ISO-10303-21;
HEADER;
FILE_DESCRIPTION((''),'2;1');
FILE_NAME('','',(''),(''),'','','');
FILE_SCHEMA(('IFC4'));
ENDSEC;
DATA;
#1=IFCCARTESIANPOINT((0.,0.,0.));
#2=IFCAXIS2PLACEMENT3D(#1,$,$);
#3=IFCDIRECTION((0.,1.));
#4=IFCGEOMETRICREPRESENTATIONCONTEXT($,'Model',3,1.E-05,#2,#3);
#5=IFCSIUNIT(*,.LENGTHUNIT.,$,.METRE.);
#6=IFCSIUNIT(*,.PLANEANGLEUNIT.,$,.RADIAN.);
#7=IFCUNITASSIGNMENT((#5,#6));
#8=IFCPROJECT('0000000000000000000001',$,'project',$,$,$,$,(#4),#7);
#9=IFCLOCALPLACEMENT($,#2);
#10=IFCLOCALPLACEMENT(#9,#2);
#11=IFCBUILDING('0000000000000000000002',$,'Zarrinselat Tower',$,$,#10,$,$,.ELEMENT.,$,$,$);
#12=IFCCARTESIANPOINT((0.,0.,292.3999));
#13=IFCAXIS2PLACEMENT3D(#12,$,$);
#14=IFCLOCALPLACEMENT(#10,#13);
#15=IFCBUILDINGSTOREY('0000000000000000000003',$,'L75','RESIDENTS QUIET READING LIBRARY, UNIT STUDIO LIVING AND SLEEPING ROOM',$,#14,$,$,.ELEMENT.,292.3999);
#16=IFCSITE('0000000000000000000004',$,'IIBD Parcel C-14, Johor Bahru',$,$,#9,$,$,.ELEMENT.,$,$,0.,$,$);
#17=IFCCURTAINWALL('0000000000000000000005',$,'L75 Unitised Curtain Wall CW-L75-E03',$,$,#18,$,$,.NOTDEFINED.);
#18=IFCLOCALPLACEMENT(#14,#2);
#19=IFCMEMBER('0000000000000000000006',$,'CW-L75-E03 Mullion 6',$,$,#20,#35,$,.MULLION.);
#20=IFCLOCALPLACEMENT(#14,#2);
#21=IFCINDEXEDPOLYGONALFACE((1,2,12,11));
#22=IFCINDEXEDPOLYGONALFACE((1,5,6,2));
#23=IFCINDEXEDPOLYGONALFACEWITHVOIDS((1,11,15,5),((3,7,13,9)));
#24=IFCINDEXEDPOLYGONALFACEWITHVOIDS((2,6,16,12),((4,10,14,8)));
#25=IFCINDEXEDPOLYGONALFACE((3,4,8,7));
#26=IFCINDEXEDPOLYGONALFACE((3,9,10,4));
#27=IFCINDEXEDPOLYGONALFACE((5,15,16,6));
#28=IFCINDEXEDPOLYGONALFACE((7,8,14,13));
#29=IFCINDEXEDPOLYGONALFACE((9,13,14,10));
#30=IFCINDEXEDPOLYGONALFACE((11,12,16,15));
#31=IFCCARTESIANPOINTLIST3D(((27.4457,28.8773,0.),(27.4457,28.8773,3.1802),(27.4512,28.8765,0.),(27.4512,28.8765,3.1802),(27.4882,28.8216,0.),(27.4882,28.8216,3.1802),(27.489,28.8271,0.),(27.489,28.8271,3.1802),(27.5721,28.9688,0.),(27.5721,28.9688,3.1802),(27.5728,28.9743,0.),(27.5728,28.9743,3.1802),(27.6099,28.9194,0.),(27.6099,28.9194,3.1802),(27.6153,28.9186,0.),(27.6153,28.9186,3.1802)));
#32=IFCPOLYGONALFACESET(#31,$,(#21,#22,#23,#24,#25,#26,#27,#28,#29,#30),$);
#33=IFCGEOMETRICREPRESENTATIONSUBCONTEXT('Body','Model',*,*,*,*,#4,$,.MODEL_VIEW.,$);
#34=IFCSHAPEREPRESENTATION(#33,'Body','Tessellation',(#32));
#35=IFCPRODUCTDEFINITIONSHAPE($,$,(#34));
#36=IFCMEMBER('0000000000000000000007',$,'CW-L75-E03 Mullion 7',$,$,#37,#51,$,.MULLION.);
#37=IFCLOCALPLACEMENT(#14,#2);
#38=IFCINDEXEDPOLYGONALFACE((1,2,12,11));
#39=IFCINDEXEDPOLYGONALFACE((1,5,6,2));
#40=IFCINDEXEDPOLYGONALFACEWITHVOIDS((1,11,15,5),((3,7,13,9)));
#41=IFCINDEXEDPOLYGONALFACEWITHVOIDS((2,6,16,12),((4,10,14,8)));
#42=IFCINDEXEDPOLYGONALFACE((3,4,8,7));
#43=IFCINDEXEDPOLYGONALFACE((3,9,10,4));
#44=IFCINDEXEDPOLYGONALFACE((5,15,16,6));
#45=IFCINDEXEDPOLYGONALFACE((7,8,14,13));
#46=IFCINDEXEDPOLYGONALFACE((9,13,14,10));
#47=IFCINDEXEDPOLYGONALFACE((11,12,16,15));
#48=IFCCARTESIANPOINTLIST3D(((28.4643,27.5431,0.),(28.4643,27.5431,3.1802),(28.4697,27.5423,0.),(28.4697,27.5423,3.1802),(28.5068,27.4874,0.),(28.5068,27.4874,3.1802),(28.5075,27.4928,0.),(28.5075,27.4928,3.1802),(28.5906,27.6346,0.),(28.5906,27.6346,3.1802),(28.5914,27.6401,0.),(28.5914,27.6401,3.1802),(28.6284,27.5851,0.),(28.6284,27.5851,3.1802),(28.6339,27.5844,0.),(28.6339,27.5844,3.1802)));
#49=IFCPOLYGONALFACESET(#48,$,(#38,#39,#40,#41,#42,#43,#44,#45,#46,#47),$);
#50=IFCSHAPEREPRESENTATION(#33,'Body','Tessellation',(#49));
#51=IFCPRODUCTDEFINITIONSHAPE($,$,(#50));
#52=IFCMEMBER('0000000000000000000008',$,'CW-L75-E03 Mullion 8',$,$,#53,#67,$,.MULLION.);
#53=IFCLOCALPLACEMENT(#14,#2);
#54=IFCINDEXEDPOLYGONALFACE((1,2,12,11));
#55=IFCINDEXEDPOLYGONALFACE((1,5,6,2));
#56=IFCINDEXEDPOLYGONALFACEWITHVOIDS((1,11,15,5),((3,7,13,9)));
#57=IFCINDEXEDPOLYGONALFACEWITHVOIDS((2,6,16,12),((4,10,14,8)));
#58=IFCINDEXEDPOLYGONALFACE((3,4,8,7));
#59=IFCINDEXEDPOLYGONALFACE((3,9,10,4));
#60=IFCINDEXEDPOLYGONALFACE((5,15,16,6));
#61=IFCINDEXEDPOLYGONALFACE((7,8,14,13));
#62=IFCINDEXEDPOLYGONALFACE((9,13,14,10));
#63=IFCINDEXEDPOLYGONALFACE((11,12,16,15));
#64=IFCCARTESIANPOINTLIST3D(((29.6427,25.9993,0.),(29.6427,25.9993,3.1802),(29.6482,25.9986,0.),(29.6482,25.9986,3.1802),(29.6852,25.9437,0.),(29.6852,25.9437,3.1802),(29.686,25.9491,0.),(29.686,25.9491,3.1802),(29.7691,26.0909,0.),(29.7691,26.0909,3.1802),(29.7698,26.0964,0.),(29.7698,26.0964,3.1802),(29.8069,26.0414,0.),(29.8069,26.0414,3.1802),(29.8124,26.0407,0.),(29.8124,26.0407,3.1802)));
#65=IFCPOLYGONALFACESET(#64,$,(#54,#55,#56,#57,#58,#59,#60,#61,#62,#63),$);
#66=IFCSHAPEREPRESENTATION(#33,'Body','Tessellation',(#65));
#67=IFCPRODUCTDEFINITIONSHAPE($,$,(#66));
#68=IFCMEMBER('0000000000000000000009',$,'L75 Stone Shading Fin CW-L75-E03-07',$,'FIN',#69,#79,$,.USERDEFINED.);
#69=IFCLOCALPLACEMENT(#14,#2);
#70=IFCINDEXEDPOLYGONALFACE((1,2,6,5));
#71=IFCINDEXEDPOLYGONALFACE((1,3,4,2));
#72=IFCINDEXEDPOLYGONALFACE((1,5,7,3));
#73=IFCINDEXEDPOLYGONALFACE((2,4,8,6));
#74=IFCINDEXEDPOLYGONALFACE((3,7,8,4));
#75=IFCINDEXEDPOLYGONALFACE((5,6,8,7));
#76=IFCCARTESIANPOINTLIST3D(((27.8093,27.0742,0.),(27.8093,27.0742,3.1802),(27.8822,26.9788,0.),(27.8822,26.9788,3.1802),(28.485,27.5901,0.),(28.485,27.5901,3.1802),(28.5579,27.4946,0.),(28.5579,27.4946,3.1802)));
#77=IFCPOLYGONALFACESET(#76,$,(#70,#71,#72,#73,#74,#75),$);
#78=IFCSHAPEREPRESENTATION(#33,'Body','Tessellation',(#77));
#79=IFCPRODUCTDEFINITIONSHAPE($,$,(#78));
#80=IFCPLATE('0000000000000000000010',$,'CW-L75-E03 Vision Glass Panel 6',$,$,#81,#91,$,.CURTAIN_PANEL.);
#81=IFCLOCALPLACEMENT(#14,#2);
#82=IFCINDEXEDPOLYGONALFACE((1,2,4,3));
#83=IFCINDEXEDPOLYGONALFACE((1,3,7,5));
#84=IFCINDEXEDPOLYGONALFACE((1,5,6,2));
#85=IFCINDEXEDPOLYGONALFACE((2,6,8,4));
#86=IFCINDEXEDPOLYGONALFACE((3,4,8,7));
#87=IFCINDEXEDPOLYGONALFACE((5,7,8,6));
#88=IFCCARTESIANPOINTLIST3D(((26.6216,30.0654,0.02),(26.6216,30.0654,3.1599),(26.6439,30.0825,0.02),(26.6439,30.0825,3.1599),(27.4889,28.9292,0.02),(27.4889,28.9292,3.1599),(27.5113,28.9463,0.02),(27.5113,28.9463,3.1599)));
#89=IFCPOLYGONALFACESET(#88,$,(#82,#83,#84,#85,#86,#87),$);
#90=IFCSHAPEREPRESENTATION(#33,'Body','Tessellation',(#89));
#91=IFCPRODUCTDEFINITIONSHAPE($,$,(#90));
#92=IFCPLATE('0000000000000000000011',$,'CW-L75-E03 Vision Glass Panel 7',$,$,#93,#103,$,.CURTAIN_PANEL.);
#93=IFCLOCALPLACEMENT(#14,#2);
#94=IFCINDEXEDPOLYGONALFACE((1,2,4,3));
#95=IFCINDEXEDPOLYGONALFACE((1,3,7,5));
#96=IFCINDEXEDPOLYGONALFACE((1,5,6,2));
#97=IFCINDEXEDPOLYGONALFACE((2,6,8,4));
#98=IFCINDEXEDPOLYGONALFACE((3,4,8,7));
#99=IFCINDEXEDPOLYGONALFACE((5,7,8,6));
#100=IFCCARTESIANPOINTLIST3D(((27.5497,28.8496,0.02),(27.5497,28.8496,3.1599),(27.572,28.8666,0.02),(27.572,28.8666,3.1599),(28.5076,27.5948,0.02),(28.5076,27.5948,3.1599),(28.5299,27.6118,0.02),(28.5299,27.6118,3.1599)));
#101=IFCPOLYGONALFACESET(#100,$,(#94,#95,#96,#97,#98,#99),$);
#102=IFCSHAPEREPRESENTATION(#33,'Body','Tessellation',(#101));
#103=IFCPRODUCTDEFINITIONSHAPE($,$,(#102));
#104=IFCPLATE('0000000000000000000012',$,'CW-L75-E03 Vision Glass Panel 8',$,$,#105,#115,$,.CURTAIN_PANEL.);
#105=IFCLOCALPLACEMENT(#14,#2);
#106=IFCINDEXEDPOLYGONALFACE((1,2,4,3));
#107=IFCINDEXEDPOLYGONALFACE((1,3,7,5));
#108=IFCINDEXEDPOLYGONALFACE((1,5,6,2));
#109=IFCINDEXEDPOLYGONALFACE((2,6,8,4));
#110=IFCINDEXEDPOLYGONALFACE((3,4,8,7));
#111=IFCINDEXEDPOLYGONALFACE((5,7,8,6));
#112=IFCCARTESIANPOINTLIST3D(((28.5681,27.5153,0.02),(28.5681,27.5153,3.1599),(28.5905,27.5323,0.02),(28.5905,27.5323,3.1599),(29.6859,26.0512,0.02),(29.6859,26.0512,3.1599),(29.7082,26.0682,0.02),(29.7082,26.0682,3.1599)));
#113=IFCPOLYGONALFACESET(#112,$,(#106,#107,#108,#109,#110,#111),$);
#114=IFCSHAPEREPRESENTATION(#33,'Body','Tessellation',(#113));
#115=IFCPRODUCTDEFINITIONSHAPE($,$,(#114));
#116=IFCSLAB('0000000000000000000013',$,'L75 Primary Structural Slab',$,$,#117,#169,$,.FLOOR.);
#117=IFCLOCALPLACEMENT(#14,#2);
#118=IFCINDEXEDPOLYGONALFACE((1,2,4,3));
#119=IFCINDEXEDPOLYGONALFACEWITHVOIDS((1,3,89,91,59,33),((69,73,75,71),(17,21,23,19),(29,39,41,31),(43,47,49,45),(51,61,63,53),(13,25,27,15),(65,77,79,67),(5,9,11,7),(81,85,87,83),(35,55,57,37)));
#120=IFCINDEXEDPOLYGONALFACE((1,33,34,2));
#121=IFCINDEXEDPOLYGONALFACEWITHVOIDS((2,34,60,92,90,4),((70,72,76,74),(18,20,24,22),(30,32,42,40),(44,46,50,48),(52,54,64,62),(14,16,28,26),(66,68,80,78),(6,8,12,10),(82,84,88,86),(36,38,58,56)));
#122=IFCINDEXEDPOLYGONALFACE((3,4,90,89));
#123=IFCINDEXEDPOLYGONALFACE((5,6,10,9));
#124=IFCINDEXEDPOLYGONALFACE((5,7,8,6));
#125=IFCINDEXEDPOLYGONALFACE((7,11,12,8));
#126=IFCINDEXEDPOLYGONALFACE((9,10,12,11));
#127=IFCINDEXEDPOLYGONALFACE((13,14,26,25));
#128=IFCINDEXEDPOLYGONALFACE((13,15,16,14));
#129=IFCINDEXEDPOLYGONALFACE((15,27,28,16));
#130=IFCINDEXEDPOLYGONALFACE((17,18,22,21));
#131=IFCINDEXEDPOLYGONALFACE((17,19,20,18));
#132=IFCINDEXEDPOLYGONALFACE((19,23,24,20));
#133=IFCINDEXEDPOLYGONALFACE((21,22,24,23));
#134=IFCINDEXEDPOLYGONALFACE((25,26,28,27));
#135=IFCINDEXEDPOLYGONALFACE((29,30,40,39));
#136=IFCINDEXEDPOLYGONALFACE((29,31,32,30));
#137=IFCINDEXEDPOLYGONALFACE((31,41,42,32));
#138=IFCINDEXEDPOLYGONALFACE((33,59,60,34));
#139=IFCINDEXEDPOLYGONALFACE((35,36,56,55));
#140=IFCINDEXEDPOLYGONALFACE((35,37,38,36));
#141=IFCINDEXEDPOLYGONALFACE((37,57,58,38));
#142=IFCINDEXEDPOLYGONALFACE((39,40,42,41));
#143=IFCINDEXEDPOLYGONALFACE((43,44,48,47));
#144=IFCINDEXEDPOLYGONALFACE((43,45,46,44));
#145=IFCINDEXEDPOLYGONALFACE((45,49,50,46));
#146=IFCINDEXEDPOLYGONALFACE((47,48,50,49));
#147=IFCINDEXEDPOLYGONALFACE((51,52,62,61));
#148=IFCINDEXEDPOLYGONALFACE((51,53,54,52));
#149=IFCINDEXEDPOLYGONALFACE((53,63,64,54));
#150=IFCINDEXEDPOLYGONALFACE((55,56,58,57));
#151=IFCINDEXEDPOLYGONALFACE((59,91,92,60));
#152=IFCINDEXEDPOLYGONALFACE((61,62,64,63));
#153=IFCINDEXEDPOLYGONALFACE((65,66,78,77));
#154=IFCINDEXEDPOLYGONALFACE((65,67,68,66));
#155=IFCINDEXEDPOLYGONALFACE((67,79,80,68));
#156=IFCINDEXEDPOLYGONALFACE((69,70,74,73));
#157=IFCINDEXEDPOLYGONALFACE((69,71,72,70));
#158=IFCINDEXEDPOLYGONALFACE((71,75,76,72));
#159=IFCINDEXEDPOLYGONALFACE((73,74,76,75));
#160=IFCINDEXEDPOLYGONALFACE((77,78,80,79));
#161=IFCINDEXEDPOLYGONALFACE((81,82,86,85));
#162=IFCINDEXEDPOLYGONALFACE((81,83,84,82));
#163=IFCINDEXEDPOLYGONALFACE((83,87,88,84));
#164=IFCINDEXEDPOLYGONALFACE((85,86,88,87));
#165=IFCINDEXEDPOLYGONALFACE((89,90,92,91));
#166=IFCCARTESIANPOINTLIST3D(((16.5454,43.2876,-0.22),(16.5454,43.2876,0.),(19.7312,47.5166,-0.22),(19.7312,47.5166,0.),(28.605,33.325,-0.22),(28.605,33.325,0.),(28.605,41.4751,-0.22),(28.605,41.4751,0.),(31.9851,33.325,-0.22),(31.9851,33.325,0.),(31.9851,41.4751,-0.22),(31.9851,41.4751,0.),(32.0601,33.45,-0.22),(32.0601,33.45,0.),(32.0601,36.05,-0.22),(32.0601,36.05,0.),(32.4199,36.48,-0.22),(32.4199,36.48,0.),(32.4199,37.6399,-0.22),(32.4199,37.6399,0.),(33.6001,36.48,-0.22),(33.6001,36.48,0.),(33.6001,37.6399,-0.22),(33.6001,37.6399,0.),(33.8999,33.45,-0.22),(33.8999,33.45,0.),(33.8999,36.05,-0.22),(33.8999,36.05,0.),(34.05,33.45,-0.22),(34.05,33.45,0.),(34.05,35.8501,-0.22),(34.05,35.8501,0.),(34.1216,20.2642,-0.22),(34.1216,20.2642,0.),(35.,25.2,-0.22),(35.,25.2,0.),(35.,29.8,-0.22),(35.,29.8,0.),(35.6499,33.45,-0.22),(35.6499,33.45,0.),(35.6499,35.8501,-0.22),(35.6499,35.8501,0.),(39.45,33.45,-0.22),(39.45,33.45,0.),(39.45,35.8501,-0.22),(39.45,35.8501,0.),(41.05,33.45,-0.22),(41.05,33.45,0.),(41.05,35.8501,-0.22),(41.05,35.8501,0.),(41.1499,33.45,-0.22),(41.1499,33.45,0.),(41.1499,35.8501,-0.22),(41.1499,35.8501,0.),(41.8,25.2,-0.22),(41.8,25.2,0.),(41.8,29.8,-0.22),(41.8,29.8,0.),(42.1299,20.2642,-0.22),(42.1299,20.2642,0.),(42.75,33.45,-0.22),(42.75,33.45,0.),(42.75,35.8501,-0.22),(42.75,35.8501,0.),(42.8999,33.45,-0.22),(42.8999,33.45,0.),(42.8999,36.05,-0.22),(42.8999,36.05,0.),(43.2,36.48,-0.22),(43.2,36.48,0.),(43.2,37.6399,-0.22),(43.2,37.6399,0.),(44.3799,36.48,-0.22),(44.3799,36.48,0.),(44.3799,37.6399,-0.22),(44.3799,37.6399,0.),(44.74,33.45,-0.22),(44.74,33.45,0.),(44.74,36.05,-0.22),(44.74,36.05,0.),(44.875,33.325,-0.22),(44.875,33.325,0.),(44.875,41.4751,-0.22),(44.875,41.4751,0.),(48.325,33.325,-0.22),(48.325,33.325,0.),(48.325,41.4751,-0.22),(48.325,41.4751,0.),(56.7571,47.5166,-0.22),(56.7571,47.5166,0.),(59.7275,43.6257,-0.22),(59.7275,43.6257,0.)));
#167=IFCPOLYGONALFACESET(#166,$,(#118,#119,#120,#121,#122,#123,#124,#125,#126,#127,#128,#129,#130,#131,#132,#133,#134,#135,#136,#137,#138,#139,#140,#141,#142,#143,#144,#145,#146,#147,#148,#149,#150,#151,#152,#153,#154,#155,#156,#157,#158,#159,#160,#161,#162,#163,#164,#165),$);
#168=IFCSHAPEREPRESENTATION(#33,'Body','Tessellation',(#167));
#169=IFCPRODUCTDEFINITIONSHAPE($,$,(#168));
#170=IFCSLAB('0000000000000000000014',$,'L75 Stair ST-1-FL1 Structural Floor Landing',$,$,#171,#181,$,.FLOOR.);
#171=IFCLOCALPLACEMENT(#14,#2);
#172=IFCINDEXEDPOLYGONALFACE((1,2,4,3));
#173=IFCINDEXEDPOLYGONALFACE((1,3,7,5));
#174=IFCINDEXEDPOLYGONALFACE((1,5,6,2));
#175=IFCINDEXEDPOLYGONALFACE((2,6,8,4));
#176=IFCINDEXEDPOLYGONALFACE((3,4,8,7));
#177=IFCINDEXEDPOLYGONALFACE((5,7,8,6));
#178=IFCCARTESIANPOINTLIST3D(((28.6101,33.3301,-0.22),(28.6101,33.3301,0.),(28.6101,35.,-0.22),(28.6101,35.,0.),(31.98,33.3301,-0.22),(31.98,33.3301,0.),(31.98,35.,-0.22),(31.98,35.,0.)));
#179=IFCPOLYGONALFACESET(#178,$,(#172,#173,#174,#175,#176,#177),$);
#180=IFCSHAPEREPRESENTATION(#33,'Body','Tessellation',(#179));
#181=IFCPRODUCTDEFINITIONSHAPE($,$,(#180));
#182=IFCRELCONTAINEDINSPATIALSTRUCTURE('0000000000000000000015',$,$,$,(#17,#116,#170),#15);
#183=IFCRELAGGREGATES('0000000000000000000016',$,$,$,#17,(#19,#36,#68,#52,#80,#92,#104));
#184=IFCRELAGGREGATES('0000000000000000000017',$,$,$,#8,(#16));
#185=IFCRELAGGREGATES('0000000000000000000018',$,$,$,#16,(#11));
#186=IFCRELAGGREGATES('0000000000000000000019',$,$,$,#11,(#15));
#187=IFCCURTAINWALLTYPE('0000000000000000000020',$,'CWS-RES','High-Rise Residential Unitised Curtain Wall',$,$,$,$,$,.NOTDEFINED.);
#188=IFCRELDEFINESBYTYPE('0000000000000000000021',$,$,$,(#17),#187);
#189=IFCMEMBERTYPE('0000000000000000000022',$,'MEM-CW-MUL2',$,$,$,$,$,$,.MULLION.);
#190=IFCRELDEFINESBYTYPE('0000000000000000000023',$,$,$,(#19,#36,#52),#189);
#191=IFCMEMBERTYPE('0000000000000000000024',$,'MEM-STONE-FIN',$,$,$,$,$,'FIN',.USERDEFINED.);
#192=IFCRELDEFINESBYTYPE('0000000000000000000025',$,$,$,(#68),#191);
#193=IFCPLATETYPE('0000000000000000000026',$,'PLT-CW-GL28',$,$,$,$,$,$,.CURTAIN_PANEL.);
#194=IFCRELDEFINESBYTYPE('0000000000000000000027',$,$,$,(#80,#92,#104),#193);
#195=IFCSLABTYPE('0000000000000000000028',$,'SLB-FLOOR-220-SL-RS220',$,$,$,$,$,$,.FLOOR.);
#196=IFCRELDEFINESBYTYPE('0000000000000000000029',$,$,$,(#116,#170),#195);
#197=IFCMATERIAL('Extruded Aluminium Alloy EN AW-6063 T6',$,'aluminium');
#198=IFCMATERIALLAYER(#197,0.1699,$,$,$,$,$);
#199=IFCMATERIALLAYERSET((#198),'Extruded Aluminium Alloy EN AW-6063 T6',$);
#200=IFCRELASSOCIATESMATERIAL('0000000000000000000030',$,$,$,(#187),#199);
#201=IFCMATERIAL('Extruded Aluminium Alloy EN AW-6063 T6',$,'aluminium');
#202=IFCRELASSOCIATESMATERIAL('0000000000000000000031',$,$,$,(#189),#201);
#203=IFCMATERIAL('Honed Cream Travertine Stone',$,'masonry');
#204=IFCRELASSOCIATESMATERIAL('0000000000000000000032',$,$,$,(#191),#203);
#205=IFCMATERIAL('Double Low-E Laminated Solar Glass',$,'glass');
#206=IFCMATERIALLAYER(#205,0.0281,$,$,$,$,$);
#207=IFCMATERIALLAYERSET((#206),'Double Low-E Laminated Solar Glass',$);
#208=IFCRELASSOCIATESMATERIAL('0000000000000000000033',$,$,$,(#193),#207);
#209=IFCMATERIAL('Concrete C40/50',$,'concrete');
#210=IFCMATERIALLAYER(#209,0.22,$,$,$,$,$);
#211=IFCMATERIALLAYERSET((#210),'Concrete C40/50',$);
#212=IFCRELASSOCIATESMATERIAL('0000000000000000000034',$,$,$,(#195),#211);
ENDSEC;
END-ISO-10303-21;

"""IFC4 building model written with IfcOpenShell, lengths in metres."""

from ifc_helpers import new_model, si_unit, direction, frame, origin, origin_2d, place, context, subcontext, project, spatial, polyline, rectangle, hollow_rectangle, outline, extrude, material, layer, layer_set, material_profile, profile_set, type_object, element, aggregate, save


model = new_model("IFC4")

# Units and contexts
model_context = context("Model", 3, precision=1e-05, world=origin(), true_north=direction((0.0, 1.0)))
body_context = subcontext(model_context, "Body", "Model", "MODEL_VIEW")
ifc_project = project(units=[si_unit("LENGTHUNIT", "METRE"), si_unit("PLANEANGLEUNIT", "RADIAN")], contexts=[model_context])

# Site, building, storey
site_placement = place(None, origin())
site = spatial("IfcSite", under=ifc_project, at=site_placement, Name="IIBD Parcel C-14, Johor Bahru", CompositionType="ELEMENT", RefElevation=0.0)
building_placement = place(site_placement, origin())
building = spatial("IfcBuilding", under=site, at=building_placement, Name="Zarrinselat Tower", CompositionType="ELEMENT")
storey_placement = place(building_placement, frame((0.0, 0.0, 292.3999)))
storey = spatial("IfcBuildingStorey", under=building, at=storey_placement, Name="L75", Description="RESIDENTS QUIET READING LIBRARY, UNIT STUDIO LIVING AND SLEEPING ROOM", CompositionType="ELEMENT", Elevation=292.3999)

# Curtain wall, members, plates
ifc_material_1 = material(Name="Extruded Aluminium Alloy EN AW-6063 T6", Category="aluminium")
ifc_layer_1 = layer(ifc_material_1, 0.1699)
ifc_layer_set_1 = layer_set([ifc_layer_1], Name="Extruded Aluminium Alloy EN AW-6063 T6")
curtain_wall_type = type_object("IfcCurtainWallType", Name="CWS-RES", Description="High-Rise Residential Unitised Curtain Wall", PredefinedType="NOTDEFINED", material=ifc_layer_set_1)
curtain_wall_placement = place(storey_placement, origin())
curtain_wall = element("IfcCurtainWall", 1, at=curtain_wall_placement, inside=storey, type_object=curtain_wall_type, Name="L75 Unitised Curtain Wall CW-L75-E03", PredefinedType="NOTDEFINED")
ifc_material_2 = material(Name="Extruded Aluminium Alloy EN AW-6063 T6", Category="aluminium")
ifc_material_profile_1 = material_profile(ifc_material_2, hollow_rectangle(XDim=0.0701, YDim=0.1599, WallThickness=0.0039, at=origin_2d()), Name="RHS 160x70x4")
ifc_profile_set_1 = profile_set([ifc_material_profile_1], Name="Extruded Aluminium Alloy EN AW-6063 T6")
member_type_1 = type_object("IfcMemberType", Name="MEM-CW-MUL2", PredefinedType="MULLION", material=ifc_profile_set_1)
member_1_placement = place(storey_placement, frame((27.5305, 28.8979, 0.0), z_axis=(0.0, 0.0, 1.0), x_axis=(0.606802, -0.794853, 0.0)))
member_1 = element("IfcMember", 2, at=member_1_placement, type_object=member_type_1, Name="CW-L75-E03 Mullion 6", PredefinedType="MULLION", context=body_context, shape_type="SweptSolid", body=[
    extrude(hollow_rectangle(XDim=0.0701, YDim=0.1599, WallThickness=0.0039, at=origin_2d()), origin(), (0.0, 0.0, 1.0), 3.1802),
])
member_2_placement = place(storey_placement, frame((28.5491, 27.5637, 0.0), z_axis=(0.0, 0.0, 1.0), x_axis=(0.606802, -0.794853, 0.0)))
member_2 = element("IfcMember", 3, at=member_2_placement, type_object=member_type_1, Name="CW-L75-E03 Mullion 7", PredefinedType="MULLION", context=body_context, shape_type="SweptSolid", body=[
    extrude(hollow_rectangle(XDim=0.0701, YDim=0.1599, WallThickness=0.0039, at=origin_2d()), origin(), (0.0, 0.0, 1.0), 3.1802),
])
member_3_placement = place(storey_placement, frame((29.7275, 26.02, 0.0), z_axis=(0.0, 0.0, 1.0), x_axis=(0.606802, -0.794853, 0.0)))
member_3 = element("IfcMember", 4, at=member_3_placement, type_object=member_type_1, Name="CW-L75-E03 Mullion 8", PredefinedType="MULLION", context=body_context, shape_type="SweptSolid", body=[
    extrude(hollow_rectangle(XDim=0.0701, YDim=0.1599, WallThickness=0.0039, at=origin_2d()), origin(), (0.0, 0.0, 1.0), 3.1802),
])
ifc_material_3 = material(Name="Honed Cream Travertine Stone", Category="masonry")
ifc_material_profile_2 = material_profile(ifc_material_3, rectangle(XDim=0.1201, YDim=0.8501, at=origin_2d()), Name="FIN 850x120")
ifc_profile_set_2 = profile_set([ifc_material_profile_2], Name="Honed Cream Travertine Stone")
member_type_2 = type_object("IfcMemberType", Name="MEM-STONE-FIN", ElementType="FIN", PredefinedType="USERDEFINED", material=ifc_profile_set_2)
member_4_placement = place(storey_placement, frame((28.1836, 27.2844, 0.0), z_axis=(0.0, 0.0, 1.0), x_axis=(-0.606802, 0.794853, 0.0)))
member_4 = element("IfcMember", 5, at=member_4_placement, type_object=member_type_2, Name="L75 Stone Shading Fin CW-L75-E03-07", ObjectType="FIN", PredefinedType="USERDEFINED", context=body_context, shape_type="SweptSolid", body=[
    extrude(rectangle(XDim=0.1201, YDim=0.8501, at=origin_2d()), origin(), (0.0, 0.0, 1.0), 3.1802),
])
ifc_material_4 = material(Name="Double Low-E Laminated Solar Glass", Category="glass")
ifc_layer_2 = layer(ifc_material_4, 0.0281)
ifc_layer_set_2 = layer_set([ifc_layer_2], Name="Double Low-E Laminated Solar Glass")
plate_type = type_object("IfcPlateType", Name="PLT-CW-GL28", PredefinedType="CURTAIN_PANEL", material=ifc_layer_set_2)
plate_1_placement = place(storey_placement, frame((27.0664, 29.5059, 0.02), z_axis=(0.0, 0.0, 1.0), x_axis=(0.606802, -0.794853, 0.0)))
plate_1 = element("IfcPlate", 6, at=plate_1_placement, type_object=plate_type, Name="CW-L75-E03 Vision Glass Panel 6", PredefinedType="CURTAIN_PANEL", context=body_context, shape_type="SweptSolid", body=[
    extrude(rectangle(XDim=1.4294, YDim=0.0281, at=origin_2d()), origin(), (0.0, 0.0, 1.0), 3.1399),
])
plate_2_placement = place(storey_placement, frame((28.0398, 28.2307, 0.02), z_axis=(0.0, 0.0, 1.0), x_axis=(0.606802, -0.794853, 0.0)))
plate_2 = element("IfcPlate", 7, at=plate_2_placement, type_object=plate_type, Name="CW-L75-E03 Vision Glass Panel 7", PredefinedType="CURTAIN_PANEL", context=body_context, shape_type="SweptSolid", body=[
    extrude(rectangle(XDim=1.5786, YDim=0.0281, at=origin_2d()), origin(), (0.0, 0.0, 1.0), 3.1399),
])
plate_3_placement = place(storey_placement, frame((29.1382, 26.7917, 0.02), z_axis=(0.0, 0.0, 1.0), x_axis=(0.606802, -0.794853, 0.0)))
plate_3 = element("IfcPlate", 8, at=plate_3_placement, type_object=plate_type, Name="CW-L75-E03 Vision Glass Panel 8", PredefinedType="CURTAIN_PANEL", context=body_context, shape_type="SweptSolid", body=[
    extrude(rectangle(XDim=1.842, YDim=0.0281, at=origin_2d()), origin(), (0.0, 0.0, 1.0), 3.1399),
])
aggregate(curtain_wall, [member_1, member_2, member_4, member_3, plate_1, plate_2, plate_3])

# Slabs
ifc_material_5 = material(Name="Concrete C40/50", Category="concrete")
ifc_layer_3 = layer(ifc_material_5, 0.22)
ifc_layer_set_3 = layer_set([ifc_layer_3], Name="Concrete C40/50")
slab_type_1 = type_object("IfcSlabType", Name="SLB-FLOOR-220-SL-RS220", PredefinedType="FLOOR", material=ifc_layer_set_3)
slab_1_placement = place(storey_placement, frame((0.0, 0.0, -0.22)))
element("IfcSlab", 9, at=slab_1_placement, inside=storey, type_object=slab_type_1, Name="L75 Primary Structural Slab", PredefinedType="FLOOR", context=body_context, shape_type="SweptSolid", body=[
    extrude(outline(polyline([(56.7571, 47.5166), (19.7312, 47.5166), (16.5454, 43.2876), (34.1216, 20.2642), (42.1299, 20.2642), (59.7275, 43.6257), (56.7571, 47.5166)]), holes=[polyline([(41.8, 25.2), (35.0, 25.2), (35.0, 29.8), (41.8, 29.8), (41.8, 25.2)]), polyline([(35.6499, 33.45), (34.05, 33.45), (34.05, 35.8501), (35.6499, 35.8501), (35.6499, 33.45)]), polyline([(41.05, 33.45), (39.45, 33.45), (39.45, 35.8501), (41.05, 35.8501), (41.05, 33.45)]), polyline([(41.1499, 33.45), (41.1499, 35.8501), (42.75, 35.8501), (42.75, 33.45), (41.1499, 33.45)]), polyline([(32.0601, 33.45), (32.0601, 36.05), (33.8999, 36.05), (33.8999, 33.45), (32.0601, 33.45)]), polyline([(44.74, 33.45), (42.8999, 33.45), (42.8999, 36.05), (44.74, 36.05), (44.74, 33.45)]), polyline([(33.6001, 36.48), (32.4199, 36.48), (32.4199, 37.6399), (33.6001, 37.6399), (33.6001, 36.48)]), polyline([(44.3799, 36.48), (43.2, 36.48), (43.2, 37.6399), (44.3799, 37.6399), (44.3799, 36.48)]), polyline([(31.9851, 33.325), (28.605, 33.325), (28.605, 41.4751), (31.9851, 41.4751), (31.9851, 33.325)]), polyline([(48.325, 33.325), (44.875, 33.325), (44.875, 41.4751), (48.325, 41.4751), (48.325, 33.325)])]), origin(), (0.0, 0.0, 1.0), 0.22),
])
slab_2_placement = place(storey_placement, frame((0.0, 0.0, -0.22)))
element("IfcSlab", 10, at=slab_2_placement, inside=storey, type_object=slab_type_1, Name="L75 Stair ST-1-FL1 Structural Floor Landing", PredefinedType="FLOOR", context=body_context, shape_type="SweptSolid", body=[
    extrude(outline(polyline([(31.98, 33.3301), (31.98, 35.0), (28.6101, 35.0), (28.6101, 33.3301), (31.98, 33.3301)])), origin(), (0.0, 0.0, 1.0), 0.22),
])

save(model, "model.ifc")
